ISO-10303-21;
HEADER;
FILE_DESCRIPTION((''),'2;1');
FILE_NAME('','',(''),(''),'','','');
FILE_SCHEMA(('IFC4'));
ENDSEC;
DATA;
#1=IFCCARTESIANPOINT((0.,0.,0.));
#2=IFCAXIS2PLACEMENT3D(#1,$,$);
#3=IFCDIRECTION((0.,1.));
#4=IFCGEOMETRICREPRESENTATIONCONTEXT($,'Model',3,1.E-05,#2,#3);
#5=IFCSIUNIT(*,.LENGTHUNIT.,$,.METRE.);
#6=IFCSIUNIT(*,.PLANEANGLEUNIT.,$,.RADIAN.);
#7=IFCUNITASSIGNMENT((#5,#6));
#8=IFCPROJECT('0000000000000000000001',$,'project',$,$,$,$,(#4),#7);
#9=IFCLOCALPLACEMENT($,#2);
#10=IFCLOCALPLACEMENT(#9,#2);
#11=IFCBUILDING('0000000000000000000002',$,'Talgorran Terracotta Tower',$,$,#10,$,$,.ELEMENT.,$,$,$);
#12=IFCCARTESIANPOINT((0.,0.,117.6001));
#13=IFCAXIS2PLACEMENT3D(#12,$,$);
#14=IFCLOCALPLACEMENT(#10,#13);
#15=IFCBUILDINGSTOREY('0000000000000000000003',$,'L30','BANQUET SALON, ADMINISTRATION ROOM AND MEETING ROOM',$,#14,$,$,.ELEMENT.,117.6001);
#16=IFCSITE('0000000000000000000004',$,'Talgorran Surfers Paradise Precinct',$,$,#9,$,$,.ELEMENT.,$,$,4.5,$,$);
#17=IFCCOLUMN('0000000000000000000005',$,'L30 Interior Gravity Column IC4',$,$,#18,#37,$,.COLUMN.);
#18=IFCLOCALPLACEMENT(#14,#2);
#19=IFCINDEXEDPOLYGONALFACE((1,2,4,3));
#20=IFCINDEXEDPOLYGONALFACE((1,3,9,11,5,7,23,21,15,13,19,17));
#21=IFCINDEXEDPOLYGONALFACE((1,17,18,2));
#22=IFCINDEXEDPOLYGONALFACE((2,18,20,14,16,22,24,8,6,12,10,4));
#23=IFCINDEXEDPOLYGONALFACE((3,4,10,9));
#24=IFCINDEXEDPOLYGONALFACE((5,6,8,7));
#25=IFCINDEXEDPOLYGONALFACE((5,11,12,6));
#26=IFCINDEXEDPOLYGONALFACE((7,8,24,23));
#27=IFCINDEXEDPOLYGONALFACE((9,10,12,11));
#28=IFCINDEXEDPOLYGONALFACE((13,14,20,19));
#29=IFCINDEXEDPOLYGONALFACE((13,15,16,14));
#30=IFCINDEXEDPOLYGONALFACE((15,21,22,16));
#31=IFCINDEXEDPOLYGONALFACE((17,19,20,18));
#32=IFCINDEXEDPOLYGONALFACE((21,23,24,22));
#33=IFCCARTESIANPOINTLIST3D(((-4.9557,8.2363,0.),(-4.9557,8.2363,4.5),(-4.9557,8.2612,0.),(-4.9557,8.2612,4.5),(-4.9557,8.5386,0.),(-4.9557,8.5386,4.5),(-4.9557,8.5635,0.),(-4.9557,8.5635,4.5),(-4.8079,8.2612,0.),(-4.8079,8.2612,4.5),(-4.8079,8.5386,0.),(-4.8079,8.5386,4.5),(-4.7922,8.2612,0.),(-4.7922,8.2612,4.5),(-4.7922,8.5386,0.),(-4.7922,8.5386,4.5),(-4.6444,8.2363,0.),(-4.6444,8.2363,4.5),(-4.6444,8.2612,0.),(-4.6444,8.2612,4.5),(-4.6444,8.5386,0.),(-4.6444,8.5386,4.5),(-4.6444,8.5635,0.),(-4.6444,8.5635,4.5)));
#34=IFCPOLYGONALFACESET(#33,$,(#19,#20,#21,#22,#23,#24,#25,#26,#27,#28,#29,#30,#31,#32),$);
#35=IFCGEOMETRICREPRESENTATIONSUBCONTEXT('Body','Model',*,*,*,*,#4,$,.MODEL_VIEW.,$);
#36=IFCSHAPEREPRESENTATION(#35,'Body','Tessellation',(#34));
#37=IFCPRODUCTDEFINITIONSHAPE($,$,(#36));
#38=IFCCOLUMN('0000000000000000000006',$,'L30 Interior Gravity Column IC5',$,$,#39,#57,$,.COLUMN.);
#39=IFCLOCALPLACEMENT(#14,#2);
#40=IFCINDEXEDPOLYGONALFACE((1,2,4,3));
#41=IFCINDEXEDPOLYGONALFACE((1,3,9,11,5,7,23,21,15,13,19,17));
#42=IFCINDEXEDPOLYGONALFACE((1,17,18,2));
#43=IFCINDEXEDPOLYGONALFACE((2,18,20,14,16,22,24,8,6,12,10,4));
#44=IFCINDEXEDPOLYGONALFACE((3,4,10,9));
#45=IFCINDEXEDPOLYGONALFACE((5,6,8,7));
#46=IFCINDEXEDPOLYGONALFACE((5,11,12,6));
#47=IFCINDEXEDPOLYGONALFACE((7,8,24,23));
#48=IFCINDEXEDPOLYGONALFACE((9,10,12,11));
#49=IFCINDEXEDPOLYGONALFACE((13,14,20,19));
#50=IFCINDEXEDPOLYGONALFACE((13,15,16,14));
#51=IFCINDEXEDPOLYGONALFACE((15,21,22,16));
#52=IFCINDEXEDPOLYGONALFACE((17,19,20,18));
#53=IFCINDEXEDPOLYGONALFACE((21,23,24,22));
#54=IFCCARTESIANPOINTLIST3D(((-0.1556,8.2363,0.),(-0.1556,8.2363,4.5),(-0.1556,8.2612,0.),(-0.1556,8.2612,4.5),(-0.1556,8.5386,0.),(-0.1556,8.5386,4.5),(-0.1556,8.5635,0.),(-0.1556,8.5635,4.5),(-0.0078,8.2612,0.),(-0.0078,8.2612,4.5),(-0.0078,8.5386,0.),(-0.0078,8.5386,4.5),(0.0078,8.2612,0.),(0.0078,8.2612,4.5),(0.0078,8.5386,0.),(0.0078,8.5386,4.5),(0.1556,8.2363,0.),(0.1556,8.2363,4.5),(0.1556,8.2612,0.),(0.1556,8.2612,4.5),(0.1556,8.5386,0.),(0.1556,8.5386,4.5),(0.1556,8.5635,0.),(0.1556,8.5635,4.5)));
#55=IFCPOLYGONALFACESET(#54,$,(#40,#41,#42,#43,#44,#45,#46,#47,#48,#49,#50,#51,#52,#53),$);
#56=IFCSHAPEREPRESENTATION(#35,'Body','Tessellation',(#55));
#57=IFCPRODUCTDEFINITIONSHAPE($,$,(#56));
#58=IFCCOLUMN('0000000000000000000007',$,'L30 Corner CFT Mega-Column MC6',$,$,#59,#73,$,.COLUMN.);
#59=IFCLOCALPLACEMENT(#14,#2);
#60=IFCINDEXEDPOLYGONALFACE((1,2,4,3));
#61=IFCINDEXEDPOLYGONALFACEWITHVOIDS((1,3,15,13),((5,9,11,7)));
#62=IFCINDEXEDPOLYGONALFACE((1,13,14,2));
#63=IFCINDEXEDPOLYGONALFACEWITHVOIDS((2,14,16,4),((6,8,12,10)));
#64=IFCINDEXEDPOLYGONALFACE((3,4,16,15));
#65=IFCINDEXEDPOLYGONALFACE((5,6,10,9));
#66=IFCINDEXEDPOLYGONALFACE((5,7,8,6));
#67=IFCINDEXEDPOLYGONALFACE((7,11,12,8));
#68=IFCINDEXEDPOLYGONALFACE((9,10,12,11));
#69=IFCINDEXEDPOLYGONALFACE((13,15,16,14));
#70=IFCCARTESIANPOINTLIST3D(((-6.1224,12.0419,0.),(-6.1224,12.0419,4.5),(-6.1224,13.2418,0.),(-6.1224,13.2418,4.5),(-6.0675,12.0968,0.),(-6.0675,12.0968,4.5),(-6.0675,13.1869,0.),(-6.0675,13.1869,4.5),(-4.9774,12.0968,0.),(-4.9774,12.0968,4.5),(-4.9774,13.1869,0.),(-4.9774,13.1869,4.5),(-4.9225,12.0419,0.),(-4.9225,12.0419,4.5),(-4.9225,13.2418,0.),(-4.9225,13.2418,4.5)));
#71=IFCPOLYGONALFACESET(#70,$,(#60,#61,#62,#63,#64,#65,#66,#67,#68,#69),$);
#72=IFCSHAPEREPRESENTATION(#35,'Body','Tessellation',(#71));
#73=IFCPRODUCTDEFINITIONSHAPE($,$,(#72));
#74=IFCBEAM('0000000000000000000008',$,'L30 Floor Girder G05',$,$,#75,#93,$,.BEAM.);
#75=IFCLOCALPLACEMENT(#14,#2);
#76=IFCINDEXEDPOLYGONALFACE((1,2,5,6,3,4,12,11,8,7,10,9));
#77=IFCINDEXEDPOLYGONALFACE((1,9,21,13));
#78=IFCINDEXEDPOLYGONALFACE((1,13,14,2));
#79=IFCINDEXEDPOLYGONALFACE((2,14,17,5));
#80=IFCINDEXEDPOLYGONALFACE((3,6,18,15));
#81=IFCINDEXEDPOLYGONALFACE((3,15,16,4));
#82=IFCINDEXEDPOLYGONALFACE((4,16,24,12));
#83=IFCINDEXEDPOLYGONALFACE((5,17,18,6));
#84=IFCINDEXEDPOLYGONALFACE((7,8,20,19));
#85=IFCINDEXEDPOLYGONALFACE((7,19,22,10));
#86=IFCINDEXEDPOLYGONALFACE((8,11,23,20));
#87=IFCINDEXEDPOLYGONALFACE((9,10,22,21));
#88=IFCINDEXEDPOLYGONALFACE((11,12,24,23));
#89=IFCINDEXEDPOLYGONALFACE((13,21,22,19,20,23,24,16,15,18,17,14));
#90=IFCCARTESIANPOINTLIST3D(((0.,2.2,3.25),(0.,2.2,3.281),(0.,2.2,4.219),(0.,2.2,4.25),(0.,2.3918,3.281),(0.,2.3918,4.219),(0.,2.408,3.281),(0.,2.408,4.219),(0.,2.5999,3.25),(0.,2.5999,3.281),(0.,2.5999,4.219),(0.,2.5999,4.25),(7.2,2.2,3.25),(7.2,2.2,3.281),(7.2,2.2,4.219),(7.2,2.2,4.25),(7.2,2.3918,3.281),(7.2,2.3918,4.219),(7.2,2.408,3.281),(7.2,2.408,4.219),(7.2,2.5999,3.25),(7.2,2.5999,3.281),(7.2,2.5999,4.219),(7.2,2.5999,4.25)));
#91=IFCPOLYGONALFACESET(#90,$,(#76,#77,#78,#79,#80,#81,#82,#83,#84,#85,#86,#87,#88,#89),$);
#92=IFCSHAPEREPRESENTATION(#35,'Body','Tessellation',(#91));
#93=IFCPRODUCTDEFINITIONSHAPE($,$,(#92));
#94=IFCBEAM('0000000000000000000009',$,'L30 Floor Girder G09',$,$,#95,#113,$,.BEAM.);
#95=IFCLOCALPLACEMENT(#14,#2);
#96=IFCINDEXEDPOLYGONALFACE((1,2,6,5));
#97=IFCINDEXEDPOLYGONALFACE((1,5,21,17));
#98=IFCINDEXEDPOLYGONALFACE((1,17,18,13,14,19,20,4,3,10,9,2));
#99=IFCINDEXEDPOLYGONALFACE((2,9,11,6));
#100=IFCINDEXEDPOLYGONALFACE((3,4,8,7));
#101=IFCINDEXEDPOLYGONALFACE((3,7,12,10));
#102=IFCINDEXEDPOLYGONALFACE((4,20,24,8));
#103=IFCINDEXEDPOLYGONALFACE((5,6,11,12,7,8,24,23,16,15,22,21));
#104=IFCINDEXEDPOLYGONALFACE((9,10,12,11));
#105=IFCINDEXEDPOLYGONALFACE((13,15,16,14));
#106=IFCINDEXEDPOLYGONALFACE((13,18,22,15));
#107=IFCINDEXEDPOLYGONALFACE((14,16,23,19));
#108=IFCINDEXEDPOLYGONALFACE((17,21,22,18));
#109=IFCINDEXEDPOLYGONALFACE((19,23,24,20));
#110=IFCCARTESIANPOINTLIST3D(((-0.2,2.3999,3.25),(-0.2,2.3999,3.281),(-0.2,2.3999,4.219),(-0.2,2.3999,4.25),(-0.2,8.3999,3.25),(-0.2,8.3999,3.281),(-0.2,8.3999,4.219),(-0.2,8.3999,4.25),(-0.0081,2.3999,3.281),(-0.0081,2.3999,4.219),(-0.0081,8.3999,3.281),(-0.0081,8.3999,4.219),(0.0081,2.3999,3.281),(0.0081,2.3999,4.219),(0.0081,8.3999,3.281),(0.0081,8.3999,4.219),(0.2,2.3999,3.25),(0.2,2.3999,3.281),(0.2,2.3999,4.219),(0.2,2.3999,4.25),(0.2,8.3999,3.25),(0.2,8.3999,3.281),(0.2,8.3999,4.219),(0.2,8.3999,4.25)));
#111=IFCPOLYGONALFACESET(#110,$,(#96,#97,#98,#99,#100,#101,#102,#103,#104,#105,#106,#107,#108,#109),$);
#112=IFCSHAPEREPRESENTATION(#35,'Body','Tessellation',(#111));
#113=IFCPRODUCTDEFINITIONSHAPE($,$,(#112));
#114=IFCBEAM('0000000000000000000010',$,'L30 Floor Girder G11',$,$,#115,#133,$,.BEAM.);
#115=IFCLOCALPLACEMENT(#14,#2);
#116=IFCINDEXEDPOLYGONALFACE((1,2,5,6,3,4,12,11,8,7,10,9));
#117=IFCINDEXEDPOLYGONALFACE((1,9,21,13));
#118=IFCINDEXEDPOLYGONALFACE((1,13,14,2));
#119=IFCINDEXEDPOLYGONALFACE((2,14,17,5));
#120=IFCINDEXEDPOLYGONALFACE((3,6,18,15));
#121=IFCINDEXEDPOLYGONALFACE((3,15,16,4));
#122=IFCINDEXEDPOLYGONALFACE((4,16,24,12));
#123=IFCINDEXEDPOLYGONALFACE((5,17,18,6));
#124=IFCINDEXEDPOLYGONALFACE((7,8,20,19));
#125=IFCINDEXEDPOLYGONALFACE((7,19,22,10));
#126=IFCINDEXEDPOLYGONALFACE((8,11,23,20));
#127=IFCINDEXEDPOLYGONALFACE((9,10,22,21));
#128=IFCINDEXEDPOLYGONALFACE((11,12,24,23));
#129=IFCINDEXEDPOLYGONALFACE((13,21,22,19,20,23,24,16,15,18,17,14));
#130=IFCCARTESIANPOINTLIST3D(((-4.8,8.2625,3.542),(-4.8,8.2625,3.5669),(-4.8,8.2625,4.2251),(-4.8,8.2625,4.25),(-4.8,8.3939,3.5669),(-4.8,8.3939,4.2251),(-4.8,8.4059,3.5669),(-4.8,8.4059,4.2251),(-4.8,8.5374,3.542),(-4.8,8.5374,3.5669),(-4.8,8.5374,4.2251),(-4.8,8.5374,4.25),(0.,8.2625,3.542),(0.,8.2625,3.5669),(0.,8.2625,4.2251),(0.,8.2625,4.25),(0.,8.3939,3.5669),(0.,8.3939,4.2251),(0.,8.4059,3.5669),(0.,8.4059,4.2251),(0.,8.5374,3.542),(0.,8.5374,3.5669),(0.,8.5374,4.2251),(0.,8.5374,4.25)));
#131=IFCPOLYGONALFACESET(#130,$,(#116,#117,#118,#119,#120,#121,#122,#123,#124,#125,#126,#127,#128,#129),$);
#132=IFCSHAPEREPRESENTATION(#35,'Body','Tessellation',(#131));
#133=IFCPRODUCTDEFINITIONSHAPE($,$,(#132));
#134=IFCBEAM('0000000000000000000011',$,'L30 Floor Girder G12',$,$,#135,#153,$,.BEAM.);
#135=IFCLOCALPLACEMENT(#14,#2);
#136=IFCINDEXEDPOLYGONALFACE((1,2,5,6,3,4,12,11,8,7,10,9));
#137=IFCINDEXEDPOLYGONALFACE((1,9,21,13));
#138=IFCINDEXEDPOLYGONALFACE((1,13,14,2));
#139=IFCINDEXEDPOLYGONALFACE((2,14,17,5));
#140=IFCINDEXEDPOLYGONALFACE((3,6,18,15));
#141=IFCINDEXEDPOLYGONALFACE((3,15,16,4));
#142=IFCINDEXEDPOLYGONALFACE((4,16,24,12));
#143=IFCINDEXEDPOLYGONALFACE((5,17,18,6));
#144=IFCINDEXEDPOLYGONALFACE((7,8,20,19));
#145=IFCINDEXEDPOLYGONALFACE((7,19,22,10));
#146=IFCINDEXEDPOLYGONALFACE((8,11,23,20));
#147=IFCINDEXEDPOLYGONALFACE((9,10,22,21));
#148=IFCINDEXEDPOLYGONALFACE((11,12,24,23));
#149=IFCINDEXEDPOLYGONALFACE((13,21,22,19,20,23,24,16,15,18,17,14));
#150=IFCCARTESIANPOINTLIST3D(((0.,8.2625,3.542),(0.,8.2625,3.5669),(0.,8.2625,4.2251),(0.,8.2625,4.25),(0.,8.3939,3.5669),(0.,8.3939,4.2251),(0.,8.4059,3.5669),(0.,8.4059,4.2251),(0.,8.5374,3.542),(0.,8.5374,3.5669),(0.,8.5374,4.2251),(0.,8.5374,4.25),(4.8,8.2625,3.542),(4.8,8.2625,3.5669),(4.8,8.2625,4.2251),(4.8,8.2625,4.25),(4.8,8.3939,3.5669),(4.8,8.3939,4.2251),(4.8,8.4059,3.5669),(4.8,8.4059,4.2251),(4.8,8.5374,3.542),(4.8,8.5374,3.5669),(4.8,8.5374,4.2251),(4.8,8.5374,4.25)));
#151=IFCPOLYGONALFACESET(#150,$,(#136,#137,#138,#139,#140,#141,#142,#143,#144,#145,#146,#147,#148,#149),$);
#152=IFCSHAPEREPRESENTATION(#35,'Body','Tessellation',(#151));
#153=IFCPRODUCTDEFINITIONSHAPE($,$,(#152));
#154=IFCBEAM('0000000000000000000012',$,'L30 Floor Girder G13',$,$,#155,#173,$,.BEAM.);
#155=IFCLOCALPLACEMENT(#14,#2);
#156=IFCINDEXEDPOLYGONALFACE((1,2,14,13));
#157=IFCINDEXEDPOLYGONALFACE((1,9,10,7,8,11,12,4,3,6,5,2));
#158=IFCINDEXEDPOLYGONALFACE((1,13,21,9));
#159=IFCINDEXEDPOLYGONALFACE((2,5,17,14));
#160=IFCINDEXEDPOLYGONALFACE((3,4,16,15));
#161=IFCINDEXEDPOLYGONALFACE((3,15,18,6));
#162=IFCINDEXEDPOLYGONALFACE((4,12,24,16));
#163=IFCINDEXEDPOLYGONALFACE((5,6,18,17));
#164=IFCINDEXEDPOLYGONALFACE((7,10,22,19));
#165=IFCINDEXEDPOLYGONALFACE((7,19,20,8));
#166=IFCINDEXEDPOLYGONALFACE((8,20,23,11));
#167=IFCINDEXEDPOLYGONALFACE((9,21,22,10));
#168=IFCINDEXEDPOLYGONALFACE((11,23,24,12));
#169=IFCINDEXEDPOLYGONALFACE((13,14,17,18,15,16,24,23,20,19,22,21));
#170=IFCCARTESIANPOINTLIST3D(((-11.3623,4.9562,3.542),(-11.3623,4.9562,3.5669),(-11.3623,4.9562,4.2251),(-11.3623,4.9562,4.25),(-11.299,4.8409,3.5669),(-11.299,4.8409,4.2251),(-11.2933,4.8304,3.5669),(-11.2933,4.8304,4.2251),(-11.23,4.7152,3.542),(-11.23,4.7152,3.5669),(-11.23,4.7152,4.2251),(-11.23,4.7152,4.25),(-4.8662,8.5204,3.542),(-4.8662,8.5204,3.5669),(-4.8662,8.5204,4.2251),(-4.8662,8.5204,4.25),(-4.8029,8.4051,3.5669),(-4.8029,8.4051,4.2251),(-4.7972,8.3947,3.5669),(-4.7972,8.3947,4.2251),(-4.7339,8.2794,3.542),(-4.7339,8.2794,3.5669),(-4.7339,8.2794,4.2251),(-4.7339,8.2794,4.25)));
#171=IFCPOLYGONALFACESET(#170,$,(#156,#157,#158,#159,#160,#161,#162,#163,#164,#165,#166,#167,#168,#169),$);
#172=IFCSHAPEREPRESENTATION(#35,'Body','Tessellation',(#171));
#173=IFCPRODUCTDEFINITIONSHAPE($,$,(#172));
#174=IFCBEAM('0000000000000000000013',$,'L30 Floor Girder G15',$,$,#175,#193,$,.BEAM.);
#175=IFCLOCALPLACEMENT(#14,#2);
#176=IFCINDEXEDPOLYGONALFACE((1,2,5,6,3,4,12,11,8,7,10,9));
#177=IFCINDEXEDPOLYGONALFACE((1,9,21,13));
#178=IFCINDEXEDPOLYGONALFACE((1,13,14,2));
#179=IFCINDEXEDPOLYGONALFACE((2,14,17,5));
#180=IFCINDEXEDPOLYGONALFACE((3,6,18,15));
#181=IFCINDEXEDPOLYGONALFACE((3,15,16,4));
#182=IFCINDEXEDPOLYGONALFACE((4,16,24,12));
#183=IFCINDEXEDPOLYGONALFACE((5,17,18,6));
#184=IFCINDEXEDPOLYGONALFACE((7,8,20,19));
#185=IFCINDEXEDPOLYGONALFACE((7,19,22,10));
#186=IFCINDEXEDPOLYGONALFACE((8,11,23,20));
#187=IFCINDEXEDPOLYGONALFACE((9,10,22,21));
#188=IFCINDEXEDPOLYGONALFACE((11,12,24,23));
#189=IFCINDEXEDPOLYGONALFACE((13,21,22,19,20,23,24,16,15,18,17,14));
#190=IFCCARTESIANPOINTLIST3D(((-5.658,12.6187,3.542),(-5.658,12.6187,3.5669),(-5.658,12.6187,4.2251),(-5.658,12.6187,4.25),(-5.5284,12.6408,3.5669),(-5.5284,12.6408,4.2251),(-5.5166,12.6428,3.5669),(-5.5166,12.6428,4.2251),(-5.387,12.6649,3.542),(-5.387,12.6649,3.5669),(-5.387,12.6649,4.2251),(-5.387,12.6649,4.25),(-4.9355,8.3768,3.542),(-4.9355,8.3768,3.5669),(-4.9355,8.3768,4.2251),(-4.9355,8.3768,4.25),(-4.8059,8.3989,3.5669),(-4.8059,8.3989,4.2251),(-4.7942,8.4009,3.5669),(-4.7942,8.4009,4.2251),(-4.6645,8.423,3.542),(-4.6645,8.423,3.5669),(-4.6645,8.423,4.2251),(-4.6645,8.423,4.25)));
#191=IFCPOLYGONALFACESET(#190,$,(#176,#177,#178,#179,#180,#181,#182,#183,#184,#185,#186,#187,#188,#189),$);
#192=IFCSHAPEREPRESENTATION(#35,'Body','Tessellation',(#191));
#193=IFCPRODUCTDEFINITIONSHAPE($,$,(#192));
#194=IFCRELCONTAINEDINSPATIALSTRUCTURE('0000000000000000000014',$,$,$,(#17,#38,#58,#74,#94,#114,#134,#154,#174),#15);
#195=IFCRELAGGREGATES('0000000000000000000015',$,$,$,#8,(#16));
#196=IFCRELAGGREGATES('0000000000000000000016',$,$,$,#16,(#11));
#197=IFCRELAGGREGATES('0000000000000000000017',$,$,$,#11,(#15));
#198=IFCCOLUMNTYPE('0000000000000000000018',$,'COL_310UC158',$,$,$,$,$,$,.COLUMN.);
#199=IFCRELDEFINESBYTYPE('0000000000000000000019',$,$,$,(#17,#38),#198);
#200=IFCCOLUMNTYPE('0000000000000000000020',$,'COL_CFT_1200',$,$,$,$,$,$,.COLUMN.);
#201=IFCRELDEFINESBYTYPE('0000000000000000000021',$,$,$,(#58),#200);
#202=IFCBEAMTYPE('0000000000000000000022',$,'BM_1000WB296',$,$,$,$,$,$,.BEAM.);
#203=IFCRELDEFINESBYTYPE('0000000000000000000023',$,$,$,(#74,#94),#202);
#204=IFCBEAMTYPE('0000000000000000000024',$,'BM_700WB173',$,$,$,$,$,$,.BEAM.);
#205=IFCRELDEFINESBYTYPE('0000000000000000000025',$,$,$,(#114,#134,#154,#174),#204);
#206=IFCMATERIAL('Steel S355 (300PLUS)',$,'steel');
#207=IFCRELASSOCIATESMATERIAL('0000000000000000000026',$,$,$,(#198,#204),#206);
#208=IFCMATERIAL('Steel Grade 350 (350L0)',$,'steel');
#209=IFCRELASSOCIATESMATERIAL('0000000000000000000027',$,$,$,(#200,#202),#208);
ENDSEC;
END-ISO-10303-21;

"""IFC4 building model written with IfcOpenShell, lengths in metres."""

from ifc_helpers import new_model, si_unit, direction, frame, origin, origin_2d, place, context, subcontext, project, spatial, hollow_rectangle, i_section, extrude, material, material_profile, profile_set, type_object, element, save


model = new_model("IFC4")

# Units and contexts
model_context = context("Model", 3, precision=1e-05, world=origin(), true_north=direction((0.0, 1.0)))
body_context = subcontext(model_context, "Body", "Model", "MODEL_VIEW")
ifc_project = project(units=[si_unit("LENGTHUNIT", "METRE"), si_unit("PLANEANGLEUNIT", "RADIAN")], contexts=[model_context])

# Site, building, storey
site_placement = place(None, origin())
site = spatial("IfcSite", under=ifc_project, at=site_placement, Name="Talgorran Surfers Paradise Precinct", CompositionType="ELEMENT", RefElevation=4.5)
building_placement = place(site_placement, origin())
building = spatial("IfcBuilding", under=site, at=building_placement, Name="Talgorran Terracotta Tower", CompositionType="ELEMENT")
storey_placement = place(building_placement, frame((0.0, 0.0, 117.6001)))
storey = spatial("IfcBuildingStorey", under=building, at=storey_placement, Name="L30", Description="BANQUET SALON, ADMINISTRATION ROOM AND MEETING ROOM", CompositionType="ELEMENT", Elevation=117.6001)

# Columns
ifc_material_1 = material(Name="Steel S355 (300PLUS)", Category="steel")
ifc_material_profile_1 = material_profile(ifc_material_1, i_section(OverallWidth=0.3113, OverallDepth=0.3271, WebThickness=0.0156, FlangeThickness=0.0249, at=origin_2d()), Name="310UC158")
ifc_profile_set_1 = profile_set([ifc_material_profile_1], Name="Steel S355 (300PLUS)")
column_type_1 = type_object("IfcColumnType", Name="COL_310UC158", PredefinedType="COLUMN", material=ifc_profile_set_1)
for number, where, z_axis, x_axis, name in (
    (1, (-4.8, 8.3999, 0.0), (0.0, 0.0, 1.0), (1.0, 0.0, 0.0), "L30 Interior Gravity Column IC4"),
    (2, (0.0, 8.3999, 0.0), (0.0, 0.0, 1.0), (1.0, 0.0, 0.0), "L30 Interior Gravity Column IC5"),
):
    element("IfcColumn", number, at=place(storey_placement, frame(where, z_axis=z_axis, x_axis=x_axis)), inside=storey, type_object=column_type_1, Name=name, PredefinedType="COLUMN", context=body_context, shape_type="SweptSolid", body=[
        extrude(i_section(OverallWidth=0.3113, OverallDepth=0.3271, WebThickness=0.0156, FlangeThickness=0.0249, at=origin_2d()), origin(), (0.0, 0.0, 1.0), 4.5),
    ])
ifc_material_2 = material(Name="Steel Grade 350 (350L0)", Category="steel")
ifc_material_profile_2 = material_profile(ifc_material_2, hollow_rectangle(XDim=1.2, YDim=1.2, WallThickness=0.0549, at=origin_2d()), Name="CFT1200X1200X55")
ifc_profile_set_2 = profile_set([ifc_material_profile_2], Name="Steel Grade 350 (350L0)")
column_type_2 = type_object("IfcColumnType", Name="COL_CFT_1200", PredefinedType="COLUMN", material=ifc_profile_set_2)
column_placement = place(storey_placement, frame((-5.5225, 12.6418, 0.0), z_axis=(0.0, 0.0, 1.0), x_axis=(1.0, 0.0, 0.0)))
element("IfcColumn", 3, at=column_placement, inside=storey, type_object=column_type_2, Name="L30 Corner CFT Mega-Column MC6", PredefinedType="COLUMN", context=body_context, shape_type="SweptSolid", body=[
    extrude(hollow_rectangle(XDim=1.2, YDim=1.2, WallThickness=0.0549, at=origin_2d()), origin(), (0.0, 0.0, 1.0), 4.5),
])

# Beams
ifc_material_profile_3 = material_profile(ifc_material_2, i_section(OverallWidth=0.3999, OverallDepth=1.0, WebThickness=0.0161, FlangeThickness=0.031, at=origin_2d()), Name="1000WB296")
ifc_profile_set_3 = profile_set([ifc_material_profile_3], Name="Steel Grade 350 (350L0)")
beam_type_1 = type_object("IfcBeamType", Name="BM_1000WB296", PredefinedType="BEAM", material=ifc_profile_set_3)
beam_1_placement = place(storey_placement, frame((0.0, 2.3999, 3.75), z_axis=(1.0, 0.0, 0.0), x_axis=(0.0, 1.0, 0.0)))
element("IfcBeam", 4, at=beam_1_placement, inside=storey, type_object=beam_type_1, Name="L30 Floor Girder G05", PredefinedType="BEAM", context=body_context, shape_type="SweptSolid", body=[
    extrude(i_section(OverallWidth=0.3999, OverallDepth=1.0, WebThickness=0.0161, FlangeThickness=0.031, at=origin_2d()), origin(), (0.0, 0.0, 1.0), 7.2),
])
beam_2_placement = place(storey_placement, frame((0.0, 2.3999, 3.75), z_axis=(0.0, 1.0, 0.0), x_axis=(-1.0, 0.0, 0.0)))
element("IfcBeam", 5, at=beam_2_placement, inside=storey, type_object=beam_type_1, Name="L30 Floor Girder G09", PredefinedType="BEAM", context=body_context, shape_type="SweptSolid", body=[
    extrude(i_section(OverallWidth=0.3999, OverallDepth=1.0, WebThickness=0.0161, FlangeThickness=0.031, at=origin_2d()), origin(), (0.0, 0.0, 1.0), 6.0),
])
ifc_material_profile_4 = material_profile(ifc_material_1, i_section(OverallWidth=0.2749, OverallDepth=0.708, WebThickness=0.012, FlangeThickness=0.0249, at=origin_2d()), Name="700WB173")
ifc_profile_set_4 = profile_set([ifc_material_profile_4], Name="Steel S355 (300PLUS)")
beam_type_2 = type_object("IfcBeamType", Name="BM_700WB173", PredefinedType="BEAM", material=ifc_profile_set_4)
for number, where, z_axis, x_axis, name in (
    (6, (-4.8, 8.3999, 3.896), (1.0, 0.0, 0.0), (0.0, 1.0, 0.0), "L30 Floor Girder G11"),
    (7, (0.0, 8.3999, 3.896), (1.0, 0.0, 0.0), (0.0, 1.0, 0.0), "L30 Floor Girder G12"),
):
    element("IfcBeam", number, at=place(storey_placement, frame(where, z_axis=z_axis, x_axis=x_axis)), inside=storey, type_object=beam_type_2, Name=name, PredefinedType="BEAM", context=body_context, shape_type="SweptSolid", body=[
        extrude(i_section(OverallWidth=0.2749, OverallDepth=0.708, WebThickness=0.012, FlangeThickness=0.0249, at=origin_2d()), origin(), (0.0, 0.0, 1.0), 4.8),
    ])
beam_3_placement = place(storey_placement, frame((-4.8, 8.3999, 3.896), z_axis=(-0.876708, -0.481023, 0.0), x_axis=(0.481023, -0.876708, 0.0)))
element("IfcBeam", 8, at=beam_3_placement, inside=storey, type_object=beam_type_2, Name="L30 Floor Girder G13", PredefinedType="BEAM", context=body_context, shape_type="SweptSolid", body=[
    extrude(i_section(OverallWidth=0.2749, OverallDepth=0.708, WebThickness=0.012, FlangeThickness=0.0249, at=origin_2d()), origin(), (0.0, 0.0, 1.0), 7.4097),
])
beam_4_placement = place(storey_placement, frame((-4.8, 8.3999, 3.896), z_axis=(-0.167885, 0.985807, 0.0), x_axis=(-0.985807, -0.167885, 0.0)))
element("IfcBeam", 9, at=beam_4_placement, inside=storey, type_object=beam_type_2, Name="L30 Floor Girder G15", PredefinedType="BEAM", context=body_context, shape_type="SweptSolid", body=[
    extrude(i_section(OverallWidth=0.2749, OverallDepth=0.708, WebThickness=0.012, FlangeThickness=0.0249, at=origin_2d()), origin(), (0.0, 0.0, 1.0), 4.303),
])

save(model, "model.ifc")
